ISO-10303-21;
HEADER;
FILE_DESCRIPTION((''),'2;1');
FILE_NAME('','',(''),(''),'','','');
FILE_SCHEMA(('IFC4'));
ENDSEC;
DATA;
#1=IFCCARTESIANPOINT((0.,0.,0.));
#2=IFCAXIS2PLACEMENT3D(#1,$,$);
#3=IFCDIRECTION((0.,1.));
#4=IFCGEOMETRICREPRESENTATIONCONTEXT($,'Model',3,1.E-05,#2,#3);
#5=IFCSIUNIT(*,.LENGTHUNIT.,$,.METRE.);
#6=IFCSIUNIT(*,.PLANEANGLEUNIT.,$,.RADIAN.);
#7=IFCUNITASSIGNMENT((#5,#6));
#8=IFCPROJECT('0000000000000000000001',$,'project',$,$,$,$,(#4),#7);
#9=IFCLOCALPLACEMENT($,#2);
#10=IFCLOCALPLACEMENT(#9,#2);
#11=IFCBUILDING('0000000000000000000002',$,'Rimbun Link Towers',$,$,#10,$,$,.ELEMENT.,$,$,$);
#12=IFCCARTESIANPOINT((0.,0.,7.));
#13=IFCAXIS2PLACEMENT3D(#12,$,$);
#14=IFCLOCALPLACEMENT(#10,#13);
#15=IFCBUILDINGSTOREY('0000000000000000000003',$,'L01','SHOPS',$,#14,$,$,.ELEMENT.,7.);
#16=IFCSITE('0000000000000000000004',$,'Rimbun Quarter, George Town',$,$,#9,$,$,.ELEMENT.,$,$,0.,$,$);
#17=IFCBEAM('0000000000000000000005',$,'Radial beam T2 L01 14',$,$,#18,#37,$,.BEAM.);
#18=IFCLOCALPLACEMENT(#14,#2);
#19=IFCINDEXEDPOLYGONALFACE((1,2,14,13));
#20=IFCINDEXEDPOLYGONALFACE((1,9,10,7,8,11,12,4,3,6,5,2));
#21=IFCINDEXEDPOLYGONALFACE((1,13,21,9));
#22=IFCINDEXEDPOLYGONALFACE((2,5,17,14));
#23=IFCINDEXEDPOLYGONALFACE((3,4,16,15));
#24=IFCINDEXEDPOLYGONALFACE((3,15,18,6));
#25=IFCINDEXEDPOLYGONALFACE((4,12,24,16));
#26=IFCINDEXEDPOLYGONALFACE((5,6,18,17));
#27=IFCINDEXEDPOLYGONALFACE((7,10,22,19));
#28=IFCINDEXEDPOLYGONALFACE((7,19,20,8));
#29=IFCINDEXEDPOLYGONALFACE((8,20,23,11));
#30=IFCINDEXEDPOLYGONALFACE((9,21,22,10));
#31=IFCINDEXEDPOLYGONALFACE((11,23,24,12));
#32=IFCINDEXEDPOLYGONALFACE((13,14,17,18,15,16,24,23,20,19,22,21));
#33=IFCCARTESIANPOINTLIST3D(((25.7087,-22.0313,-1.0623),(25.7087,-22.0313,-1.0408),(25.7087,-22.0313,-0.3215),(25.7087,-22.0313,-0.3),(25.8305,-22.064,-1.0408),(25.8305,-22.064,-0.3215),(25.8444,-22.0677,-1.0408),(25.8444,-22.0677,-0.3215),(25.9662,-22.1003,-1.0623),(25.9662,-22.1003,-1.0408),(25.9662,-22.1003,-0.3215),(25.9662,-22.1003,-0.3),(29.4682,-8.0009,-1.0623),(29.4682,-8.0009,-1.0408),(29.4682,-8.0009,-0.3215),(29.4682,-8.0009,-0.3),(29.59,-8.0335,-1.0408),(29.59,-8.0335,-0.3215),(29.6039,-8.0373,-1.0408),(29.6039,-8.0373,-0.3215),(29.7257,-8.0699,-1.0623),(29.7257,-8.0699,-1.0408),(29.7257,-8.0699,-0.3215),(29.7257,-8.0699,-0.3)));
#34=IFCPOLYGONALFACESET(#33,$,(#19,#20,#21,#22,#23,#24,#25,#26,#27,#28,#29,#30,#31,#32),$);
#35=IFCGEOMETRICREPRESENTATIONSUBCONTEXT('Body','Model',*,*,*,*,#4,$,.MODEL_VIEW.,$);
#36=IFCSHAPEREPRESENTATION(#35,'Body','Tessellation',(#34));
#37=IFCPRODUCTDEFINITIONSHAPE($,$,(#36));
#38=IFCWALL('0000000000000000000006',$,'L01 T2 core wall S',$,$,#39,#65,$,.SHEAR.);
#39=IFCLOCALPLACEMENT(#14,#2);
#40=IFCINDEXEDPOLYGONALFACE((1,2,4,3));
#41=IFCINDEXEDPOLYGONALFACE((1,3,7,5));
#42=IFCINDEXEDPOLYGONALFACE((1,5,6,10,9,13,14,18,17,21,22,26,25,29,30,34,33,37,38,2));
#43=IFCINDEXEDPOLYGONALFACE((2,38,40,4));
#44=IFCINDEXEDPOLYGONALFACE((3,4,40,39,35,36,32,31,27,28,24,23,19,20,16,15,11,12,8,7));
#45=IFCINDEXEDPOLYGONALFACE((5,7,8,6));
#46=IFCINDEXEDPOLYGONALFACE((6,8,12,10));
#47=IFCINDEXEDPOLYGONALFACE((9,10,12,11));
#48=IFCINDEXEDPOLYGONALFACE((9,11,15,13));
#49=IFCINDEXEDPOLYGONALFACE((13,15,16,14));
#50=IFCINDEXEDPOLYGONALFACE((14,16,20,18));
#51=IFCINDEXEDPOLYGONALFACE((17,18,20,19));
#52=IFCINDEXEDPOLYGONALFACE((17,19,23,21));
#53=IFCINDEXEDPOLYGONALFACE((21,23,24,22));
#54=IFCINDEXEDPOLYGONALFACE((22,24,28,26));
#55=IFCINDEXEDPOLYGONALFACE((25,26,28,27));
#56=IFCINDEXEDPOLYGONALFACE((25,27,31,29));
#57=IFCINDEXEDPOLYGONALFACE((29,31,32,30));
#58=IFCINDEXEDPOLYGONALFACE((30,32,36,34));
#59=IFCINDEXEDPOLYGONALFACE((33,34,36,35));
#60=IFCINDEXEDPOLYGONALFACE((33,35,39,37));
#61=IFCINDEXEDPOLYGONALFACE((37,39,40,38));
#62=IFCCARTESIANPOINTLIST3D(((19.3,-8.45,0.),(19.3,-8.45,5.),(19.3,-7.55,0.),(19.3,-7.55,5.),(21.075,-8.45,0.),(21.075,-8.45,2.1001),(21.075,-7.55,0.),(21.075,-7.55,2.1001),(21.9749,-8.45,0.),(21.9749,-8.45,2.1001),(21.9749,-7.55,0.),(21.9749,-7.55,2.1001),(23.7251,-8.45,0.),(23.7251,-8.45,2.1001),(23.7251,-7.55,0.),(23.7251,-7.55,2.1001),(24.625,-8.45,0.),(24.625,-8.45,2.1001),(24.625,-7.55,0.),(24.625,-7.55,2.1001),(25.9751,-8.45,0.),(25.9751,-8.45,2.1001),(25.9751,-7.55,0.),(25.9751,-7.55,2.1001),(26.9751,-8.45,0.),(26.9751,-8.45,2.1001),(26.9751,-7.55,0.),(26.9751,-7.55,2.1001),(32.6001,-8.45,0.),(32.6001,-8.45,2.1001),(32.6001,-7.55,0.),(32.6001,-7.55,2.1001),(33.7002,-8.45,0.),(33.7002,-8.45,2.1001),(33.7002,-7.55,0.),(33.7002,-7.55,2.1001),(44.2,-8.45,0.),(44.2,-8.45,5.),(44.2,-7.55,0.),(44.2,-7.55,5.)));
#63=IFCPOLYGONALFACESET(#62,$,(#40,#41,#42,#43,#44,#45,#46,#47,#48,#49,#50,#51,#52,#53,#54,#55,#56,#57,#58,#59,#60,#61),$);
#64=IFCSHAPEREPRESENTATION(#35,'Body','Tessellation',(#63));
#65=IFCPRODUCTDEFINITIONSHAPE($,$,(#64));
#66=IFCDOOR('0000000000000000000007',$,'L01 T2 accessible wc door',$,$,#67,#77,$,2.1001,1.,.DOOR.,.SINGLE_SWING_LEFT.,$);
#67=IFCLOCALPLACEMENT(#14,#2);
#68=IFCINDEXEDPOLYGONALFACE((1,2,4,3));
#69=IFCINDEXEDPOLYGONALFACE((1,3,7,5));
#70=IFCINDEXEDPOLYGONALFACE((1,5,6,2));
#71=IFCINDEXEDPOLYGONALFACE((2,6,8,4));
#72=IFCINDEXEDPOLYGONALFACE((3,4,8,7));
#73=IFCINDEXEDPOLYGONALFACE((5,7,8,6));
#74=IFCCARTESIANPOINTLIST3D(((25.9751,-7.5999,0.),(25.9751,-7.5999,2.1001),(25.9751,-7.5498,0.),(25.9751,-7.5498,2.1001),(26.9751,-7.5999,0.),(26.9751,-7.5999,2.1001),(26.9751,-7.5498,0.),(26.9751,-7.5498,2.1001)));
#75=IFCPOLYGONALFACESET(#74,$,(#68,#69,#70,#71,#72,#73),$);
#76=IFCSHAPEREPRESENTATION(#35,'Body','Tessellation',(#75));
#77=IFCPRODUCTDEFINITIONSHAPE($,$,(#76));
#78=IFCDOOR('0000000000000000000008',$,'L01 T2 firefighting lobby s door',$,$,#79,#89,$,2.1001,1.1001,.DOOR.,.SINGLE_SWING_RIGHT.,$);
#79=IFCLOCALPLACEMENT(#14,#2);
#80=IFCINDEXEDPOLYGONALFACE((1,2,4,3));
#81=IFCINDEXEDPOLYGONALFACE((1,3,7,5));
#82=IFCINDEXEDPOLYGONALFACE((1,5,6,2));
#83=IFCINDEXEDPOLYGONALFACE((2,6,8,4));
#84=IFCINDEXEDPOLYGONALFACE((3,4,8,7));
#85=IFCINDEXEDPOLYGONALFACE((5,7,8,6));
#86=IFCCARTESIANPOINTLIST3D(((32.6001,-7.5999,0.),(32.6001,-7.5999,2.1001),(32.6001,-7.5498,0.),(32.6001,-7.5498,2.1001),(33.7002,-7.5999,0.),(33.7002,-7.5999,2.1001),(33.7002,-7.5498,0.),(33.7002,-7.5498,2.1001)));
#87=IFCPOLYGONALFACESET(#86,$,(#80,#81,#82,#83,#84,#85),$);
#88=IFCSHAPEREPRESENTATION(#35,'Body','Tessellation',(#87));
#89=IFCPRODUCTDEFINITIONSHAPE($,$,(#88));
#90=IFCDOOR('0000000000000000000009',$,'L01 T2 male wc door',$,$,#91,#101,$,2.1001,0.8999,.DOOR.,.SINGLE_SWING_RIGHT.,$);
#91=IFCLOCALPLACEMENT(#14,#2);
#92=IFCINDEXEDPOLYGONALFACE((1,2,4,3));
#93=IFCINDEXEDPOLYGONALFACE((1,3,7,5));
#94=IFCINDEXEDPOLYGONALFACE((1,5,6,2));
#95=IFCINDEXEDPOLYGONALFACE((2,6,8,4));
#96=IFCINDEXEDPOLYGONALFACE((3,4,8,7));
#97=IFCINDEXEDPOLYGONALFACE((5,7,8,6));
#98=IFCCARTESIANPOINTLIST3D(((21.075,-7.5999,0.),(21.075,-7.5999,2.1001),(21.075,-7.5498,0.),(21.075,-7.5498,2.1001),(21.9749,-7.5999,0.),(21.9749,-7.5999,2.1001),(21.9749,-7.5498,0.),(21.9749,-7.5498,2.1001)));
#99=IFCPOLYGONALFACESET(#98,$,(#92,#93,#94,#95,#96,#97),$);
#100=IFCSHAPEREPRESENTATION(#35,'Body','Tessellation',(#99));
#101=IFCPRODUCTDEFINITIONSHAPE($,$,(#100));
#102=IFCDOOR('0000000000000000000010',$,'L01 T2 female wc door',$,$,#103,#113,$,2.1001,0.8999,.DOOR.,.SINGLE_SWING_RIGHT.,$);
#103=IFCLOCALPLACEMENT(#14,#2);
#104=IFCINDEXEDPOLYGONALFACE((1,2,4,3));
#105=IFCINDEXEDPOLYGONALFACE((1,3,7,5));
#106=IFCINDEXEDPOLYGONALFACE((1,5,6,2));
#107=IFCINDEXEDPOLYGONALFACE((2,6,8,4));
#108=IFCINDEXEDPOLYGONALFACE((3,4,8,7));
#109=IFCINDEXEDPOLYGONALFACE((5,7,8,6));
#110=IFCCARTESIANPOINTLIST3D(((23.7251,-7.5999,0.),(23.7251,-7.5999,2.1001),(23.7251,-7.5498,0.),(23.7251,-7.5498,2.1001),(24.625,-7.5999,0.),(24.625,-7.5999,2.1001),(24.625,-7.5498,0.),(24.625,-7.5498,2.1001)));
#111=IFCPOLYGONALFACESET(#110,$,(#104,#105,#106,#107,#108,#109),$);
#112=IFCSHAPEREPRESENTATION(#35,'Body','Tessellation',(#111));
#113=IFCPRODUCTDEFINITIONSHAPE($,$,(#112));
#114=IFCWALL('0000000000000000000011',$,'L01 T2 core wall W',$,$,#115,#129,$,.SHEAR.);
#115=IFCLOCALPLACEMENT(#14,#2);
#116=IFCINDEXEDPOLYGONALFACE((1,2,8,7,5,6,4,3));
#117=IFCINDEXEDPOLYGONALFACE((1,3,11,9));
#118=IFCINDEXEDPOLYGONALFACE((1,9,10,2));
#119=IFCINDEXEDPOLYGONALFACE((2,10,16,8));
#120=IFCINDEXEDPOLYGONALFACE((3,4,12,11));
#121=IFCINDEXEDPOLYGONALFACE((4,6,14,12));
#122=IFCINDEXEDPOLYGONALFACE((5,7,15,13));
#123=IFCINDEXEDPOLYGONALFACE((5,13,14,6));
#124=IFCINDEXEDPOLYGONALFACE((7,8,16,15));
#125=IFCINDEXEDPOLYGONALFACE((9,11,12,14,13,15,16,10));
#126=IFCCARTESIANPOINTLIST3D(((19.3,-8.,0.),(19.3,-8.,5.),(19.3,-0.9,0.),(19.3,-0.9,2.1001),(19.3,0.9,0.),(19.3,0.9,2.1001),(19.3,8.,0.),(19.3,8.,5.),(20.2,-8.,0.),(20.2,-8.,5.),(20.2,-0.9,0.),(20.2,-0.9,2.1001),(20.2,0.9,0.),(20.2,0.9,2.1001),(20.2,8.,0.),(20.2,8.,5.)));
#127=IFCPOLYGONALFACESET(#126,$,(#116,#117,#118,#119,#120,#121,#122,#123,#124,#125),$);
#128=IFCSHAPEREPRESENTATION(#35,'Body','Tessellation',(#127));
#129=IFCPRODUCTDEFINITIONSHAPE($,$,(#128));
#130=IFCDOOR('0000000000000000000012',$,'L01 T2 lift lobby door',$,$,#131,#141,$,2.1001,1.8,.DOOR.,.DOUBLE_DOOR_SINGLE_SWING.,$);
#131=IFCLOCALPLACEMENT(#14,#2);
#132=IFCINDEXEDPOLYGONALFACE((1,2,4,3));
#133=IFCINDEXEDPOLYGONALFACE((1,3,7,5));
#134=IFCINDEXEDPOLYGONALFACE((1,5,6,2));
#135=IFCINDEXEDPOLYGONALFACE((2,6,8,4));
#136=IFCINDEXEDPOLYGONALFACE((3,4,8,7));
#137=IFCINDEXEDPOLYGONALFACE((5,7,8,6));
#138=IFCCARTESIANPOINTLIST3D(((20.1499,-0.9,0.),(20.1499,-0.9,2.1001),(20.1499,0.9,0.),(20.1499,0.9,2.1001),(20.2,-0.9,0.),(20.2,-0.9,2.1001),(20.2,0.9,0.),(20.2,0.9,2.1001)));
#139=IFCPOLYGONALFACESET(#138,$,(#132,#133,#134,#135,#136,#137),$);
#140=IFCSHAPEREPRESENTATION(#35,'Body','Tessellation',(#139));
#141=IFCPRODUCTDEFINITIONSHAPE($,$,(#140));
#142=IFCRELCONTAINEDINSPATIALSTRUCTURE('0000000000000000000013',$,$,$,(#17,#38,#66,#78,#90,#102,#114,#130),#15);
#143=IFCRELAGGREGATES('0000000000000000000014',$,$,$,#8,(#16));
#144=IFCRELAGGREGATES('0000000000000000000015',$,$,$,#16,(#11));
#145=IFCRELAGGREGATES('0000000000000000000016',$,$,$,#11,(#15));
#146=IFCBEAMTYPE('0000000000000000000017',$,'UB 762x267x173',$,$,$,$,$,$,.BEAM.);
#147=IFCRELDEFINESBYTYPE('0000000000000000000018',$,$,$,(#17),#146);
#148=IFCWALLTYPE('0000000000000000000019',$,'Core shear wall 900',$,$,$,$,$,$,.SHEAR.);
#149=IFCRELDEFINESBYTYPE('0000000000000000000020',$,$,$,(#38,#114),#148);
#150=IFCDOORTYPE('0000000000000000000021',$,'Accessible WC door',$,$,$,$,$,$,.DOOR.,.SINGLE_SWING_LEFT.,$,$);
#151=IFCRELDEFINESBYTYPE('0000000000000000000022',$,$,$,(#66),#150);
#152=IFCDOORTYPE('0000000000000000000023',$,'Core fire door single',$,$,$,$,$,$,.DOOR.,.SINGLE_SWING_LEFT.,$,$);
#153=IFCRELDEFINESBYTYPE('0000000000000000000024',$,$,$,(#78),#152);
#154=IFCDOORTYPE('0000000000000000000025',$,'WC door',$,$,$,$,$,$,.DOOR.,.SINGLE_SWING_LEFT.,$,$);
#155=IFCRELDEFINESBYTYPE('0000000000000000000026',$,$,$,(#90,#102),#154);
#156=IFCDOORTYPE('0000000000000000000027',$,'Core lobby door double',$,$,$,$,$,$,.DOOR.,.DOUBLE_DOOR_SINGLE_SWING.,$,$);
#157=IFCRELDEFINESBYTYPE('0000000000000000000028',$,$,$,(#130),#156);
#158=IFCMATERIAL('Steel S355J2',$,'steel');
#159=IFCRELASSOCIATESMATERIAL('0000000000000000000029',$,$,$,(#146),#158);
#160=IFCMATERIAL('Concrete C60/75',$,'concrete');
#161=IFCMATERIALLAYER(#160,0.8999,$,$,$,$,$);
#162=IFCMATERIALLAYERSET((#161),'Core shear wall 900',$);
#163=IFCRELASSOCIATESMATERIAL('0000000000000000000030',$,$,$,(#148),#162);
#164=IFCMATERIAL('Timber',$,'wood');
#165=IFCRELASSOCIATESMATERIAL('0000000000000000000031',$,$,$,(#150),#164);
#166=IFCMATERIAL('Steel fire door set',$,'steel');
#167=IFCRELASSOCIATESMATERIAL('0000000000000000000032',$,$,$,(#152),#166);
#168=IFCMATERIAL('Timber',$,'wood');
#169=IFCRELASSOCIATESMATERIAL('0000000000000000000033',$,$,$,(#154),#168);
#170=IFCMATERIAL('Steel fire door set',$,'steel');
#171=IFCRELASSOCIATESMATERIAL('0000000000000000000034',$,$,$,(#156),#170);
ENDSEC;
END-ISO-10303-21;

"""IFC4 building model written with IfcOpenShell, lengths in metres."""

from ifc_helpers import new_model, si_unit, direction, frame, frame_2d, origin, origin_2d, place, context, subcontext, project, spatial, rectangle, i_section, extrude, material, layer, layer_set, material_profile, profile_set, type_object, element, fill, save


model = new_model("IFC4")

# Units and contexts
model_context = context("Model", 3, precision=1e-05, world=origin(), true_north=direction((0.0, 1.0)))
body_context = subcontext(model_context, "Body", "Model", "MODEL_VIEW")
ifc_project = project(units=[si_unit("LENGTHUNIT", "METRE"), si_unit("PLANEANGLEUNIT", "RADIAN")], contexts=[model_context])

# Site, building, storey
site_placement = place(None, origin())
site = spatial("IfcSite", under=ifc_project, at=site_placement, Name="Rimbun Quarter, George Town", CompositionType="ELEMENT", RefElevation=0.0)
building_placement = place(site_placement, origin())
building = spatial("IfcBuilding", under=site, at=building_placement, Name="Rimbun Link Towers", CompositionType="ELEMENT")
storey_placement = place(building_placement, frame((0.0, 0.0, 7.0)))
storey = spatial("IfcBuildingStorey", under=building, at=storey_placement, Name="L01", Description="SHOPS", CompositionType="ELEMENT", Elevation=7.0)

# Beam
ifc_material_1 = material(Name="Steel S355J2", Category="steel")
ifc_material_profile_1 = material_profile(ifc_material_1, i_section(OverallWidth=0.2666, OverallDepth=0.7622, WebThickness=0.0144, FlangeThickness=0.0215, at=origin_2d()), Name="UB 762x267x173")
ifc_profile_set_1 = profile_set([ifc_material_profile_1], Name="Steel S355J2")
beam_type_1 = type_object("IfcBeamType", Name="UB 762x267x173", PredefinedType="BEAM", material=ifc_profile_set_1)
beam_1_placement = place(storey_placement, frame((29.5969, -8.0354, -0.6812), z_axis=(-0.258823, -0.965925, 0.0), x_axis=(0.965925, -0.258823, 0.0)))
element("IfcBeam", 1, at=beam_1_placement, inside=storey, type_object=beam_type_1, Name="Radial beam T2 L01 14", PredefinedType="BEAM", context=body_context, shape_type="SweptSolid", body=[
    extrude(i_section(OverallWidth=0.2666, OverallDepth=0.7622, WebThickness=0.0144, FlangeThickness=0.0215, at=origin_2d()), origin(), (0.0, 0.0, 1.0), 14.5254),
])

# Wall, openings, doors
ifc_material_2 = material(Name="Concrete C60/75", Category="concrete")
ifc_layer_1 = layer(ifc_material_2, 0.8999)
ifc_layer_set_1 = layer_set([ifc_layer_1], Name="Core shear wall 900")
wall_type_1 = type_object("IfcWallType", Name="Core shear wall 900", PredefinedType="SHEAR", material=ifc_layer_set_1)
wall_1_placement = place(storey_placement, frame((19.3, -8.0, 0.0), z_axis=(0.0, 0.0, 1.0), x_axis=(1.0, 0.0, 0.0)))
wall_1 = element("IfcWall", 2, at=wall_1_placement, inside=storey, type_object=wall_type_1, Name="L01 T2 core wall S", PredefinedType="SHEAR", context=body_context, shape_type="SweptSolid", body=[
    extrude(rectangle(XDim=24.8999, YDim=0.8999, at=frame_2d((12.45, 0.0))), origin(), (0.0, 0.0, 1.0), 5.0),
])
opening_1_placement = place(wall_1_placement, frame((13.3, 0.0, 0.0)))
opening_1 = element("IfcOpeningElement", 3, at=opening_1_placement, cuts=wall_1, PredefinedType="OPENING", context=body_context, shape_type="SweptSolid", body=[
    extrude(rectangle(XDim=1.1001, YDim=2.1001, at=frame_2d((0.55, 1.05))), frame((0.0, 0.46, 0.0), z_axis=(0.0, -1.0, 0.0), x_axis=(1.0, 0.0, 0.0)), (0.0, 0.0, 1.0), 0.9199),
])
opening_2_placement = place(wall_1_placement, frame((1.7749, 0.0, 0.0)))
opening_2 = element("IfcOpeningElement", 4, at=opening_2_placement, cuts=wall_1, PredefinedType="OPENING", context=body_context, shape_type="SweptSolid", body=[
    extrude(rectangle(XDim=0.8999, YDim=2.1001, at=frame_2d((0.45, 1.05))), frame((0.0, 0.46, 0.0), z_axis=(0.0, -1.0, 0.0), x_axis=(1.0, 0.0, 0.0)), (0.0, 0.0, 1.0), 0.9199),
])
opening_3_placement = place(wall_1_placement, frame((4.425, 0.0, 0.0)))
opening_3 = element("IfcOpeningElement", 5, at=opening_3_placement, cuts=wall_1, PredefinedType="OPENING", context=body_context, shape_type="SweptSolid", body=[
    extrude(rectangle(XDim=0.8999, YDim=2.1001, at=frame_2d((0.45, 1.05))), frame((0.0, 0.46, 0.0), z_axis=(0.0, -1.0, 0.0), x_axis=(1.0, 0.0, 0.0)), (0.0, 0.0, 1.0), 0.9199),
])
opening_4_placement = place(wall_1_placement, frame((6.675, 0.0, 0.0)))
opening_4 = element("IfcOpeningElement", 6, at=opening_4_placement, cuts=wall_1, PredefinedType="OPENING", context=body_context, shape_type="SweptSolid", body=[
    extrude(rectangle(XDim=1.0, YDim=2.1001, at=frame_2d((0.5, 1.05))), frame((0.0, 0.46, 0.0), z_axis=(0.0, -1.0, 0.0), x_axis=(1.0, 0.0, 0.0)), (0.0, 0.0, 1.0), 0.9199),
])
ifc_material_3 = material(Name="Timber", Category="wood")
door_type_1 = type_object("IfcDoorType", Name="Accessible WC door", OperationType="SINGLE_SWING_LEFT", PredefinedType="DOOR", material=ifc_material_3)
door_1_placement = place(opening_4_placement, origin())
door_1 = element("IfcDoor", 7, at=door_1_placement, inside=storey, type_object=door_type_1, Name="L01 T2 accessible wc door", OperationType="SINGLE_SWING_LEFT", OverallHeight=2.1001, OverallWidth=1.0, PredefinedType="DOOR", context=body_context, shape_type="SweptSolid", body=[
    extrude(rectangle(XDim=1.0, YDim=2.1001, at=frame_2d((0.5, 1.05))), frame((0.0, 0.4502, 0.0), z_axis=(0.0, -1.0, 0.0), x_axis=(1.0, 0.0, 0.0)), (0.0, 0.0, 1.0), 0.05),
])
fill(opening_4, door_1)
ifc_material_4 = material(Name="Steel fire door set", Category="steel")
door_type_2 = type_object("IfcDoorType", Name="Core fire door single", OperationType="SINGLE_SWING_LEFT", PredefinedType="DOOR", material=ifc_material_4)
door_2_placement = place(opening_1_placement, origin())
door_2 = element("IfcDoor", 8, at=door_2_placement, inside=storey, type_object=door_type_2, Name="L01 T2 firefighting lobby s door", OperationType="SINGLE_SWING_RIGHT", OverallHeight=2.1001, OverallWidth=1.1001, PredefinedType="DOOR", context=body_context, shape_type="SweptSolid", body=[
    extrude(rectangle(XDim=1.1001, YDim=2.1001, at=frame_2d((0.55, 1.05))), frame((0.0, 0.4502, 0.0), z_axis=(0.0, -1.0, 0.0), x_axis=(1.0, 0.0, 0.0)), (0.0, 0.0, 1.0), 0.05),
])
fill(opening_1, door_2)
ifc_material_5 = material(Name="Timber", Category="wood")
door_type_3 = type_object("IfcDoorType", Name="WC door", OperationType="SINGLE_SWING_LEFT", PredefinedType="DOOR", material=ifc_material_5)
door_3_placement = place(opening_2_placement, origin())
door_3 = element("IfcDoor", 9, at=door_3_placement, inside=storey, type_object=door_type_3, Name="L01 T2 male wc door", OperationType="SINGLE_SWING_RIGHT", OverallHeight=2.1001, OverallWidth=0.8999, PredefinedType="DOOR", context=body_context, shape_type="SweptSolid", body=[
    extrude(rectangle(XDim=0.8999, YDim=2.1001, at=frame_2d((0.45, 1.05))), frame((0.0, 0.4502, 0.0), z_axis=(0.0, -1.0, 0.0), x_axis=(1.0, 0.0, 0.0)), (0.0, 0.0, 1.0), 0.05),
])
fill(opening_2, door_3)
door_4_placement = place(opening_3_placement, origin())
door_4 = element("IfcDoor", 10, at=door_4_placement, inside=storey, type_object=door_type_3, Name="L01 T2 female wc door", OperationType="SINGLE_SWING_RIGHT", OverallHeight=2.1001, OverallWidth=0.8999, PredefinedType="DOOR", context=body_context, shape_type="SweptSolid", body=[
    extrude(rectangle(XDim=0.8999, YDim=2.1001, at=frame_2d((0.45, 1.05))), frame((0.0, 0.4502, 0.0), z_axis=(0.0, -1.0, 0.0), x_axis=(1.0, 0.0, 0.0)), (0.0, 0.0, 1.0), 0.05),
])
fill(opening_3, door_4)

# Wall, opening, door
wall_2_placement = place(storey_placement, frame((19.75, -8.0, 0.0), z_axis=(0.0, 0.0, 1.0), x_axis=(0.0, 1.0, 0.0)))
wall_2 = element("IfcWall", 11, at=wall_2_placement, inside=storey, type_object=wall_type_1, Name="L01 T2 core wall W", PredefinedType="SHEAR", context=body_context, shape_type="SweptSolid", body=[
    extrude(rectangle(XDim=16.0, YDim=0.8999, at=frame_2d((8.0, 0.0))), origin(), (0.0, 0.0, 1.0), 5.0),
])
opening_5_placement = place(wall_2_placement, frame((7.1001, 0.0, 0.0)))
opening_5 = element("IfcOpeningElement", 12, at=opening_5_placement, cuts=wall_2, PredefinedType="OPENING", context=body_context, shape_type="SweptSolid", body=[
    extrude(rectangle(XDim=1.8, YDim=2.1001, at=frame_2d((0.8999, 1.05))), frame((0.0, 0.46, 0.0), z_axis=(0.0, -1.0, 0.0), x_axis=(1.0, 0.0, 0.0)), (0.0, 0.0, 1.0), 0.9199),
])
ifc_material_6 = material(Name="Steel fire door set", Category="steel")
door_type_4 = type_object("IfcDoorType", Name="Core lobby door double", OperationType="DOUBLE_DOOR_SINGLE_SWING", PredefinedType="DOOR", material=ifc_material_6)
door_5_placement = place(opening_5_placement, origin())
door_5 = element("IfcDoor", 13, at=door_5_placement, inside=storey, type_object=door_type_4, Name="L01 T2 lift lobby door", OperationType="DOUBLE_DOOR_SINGLE_SWING", OverallHeight=2.1001, OverallWidth=1.8, PredefinedType="DOOR", context=body_context, shape_type="SweptSolid", body=[
    extrude(rectangle(XDim=1.8, YDim=2.1001, at=frame_2d((0.8999, 1.05))), frame((0.0, -0.3999, 0.0), z_axis=(0.0, -1.0, 0.0), x_axis=(1.0, 0.0, 0.0)), (0.0, 0.0, 1.0), 0.05),
])
fill(opening_5, door_5)

save(model, "model.ifc")
